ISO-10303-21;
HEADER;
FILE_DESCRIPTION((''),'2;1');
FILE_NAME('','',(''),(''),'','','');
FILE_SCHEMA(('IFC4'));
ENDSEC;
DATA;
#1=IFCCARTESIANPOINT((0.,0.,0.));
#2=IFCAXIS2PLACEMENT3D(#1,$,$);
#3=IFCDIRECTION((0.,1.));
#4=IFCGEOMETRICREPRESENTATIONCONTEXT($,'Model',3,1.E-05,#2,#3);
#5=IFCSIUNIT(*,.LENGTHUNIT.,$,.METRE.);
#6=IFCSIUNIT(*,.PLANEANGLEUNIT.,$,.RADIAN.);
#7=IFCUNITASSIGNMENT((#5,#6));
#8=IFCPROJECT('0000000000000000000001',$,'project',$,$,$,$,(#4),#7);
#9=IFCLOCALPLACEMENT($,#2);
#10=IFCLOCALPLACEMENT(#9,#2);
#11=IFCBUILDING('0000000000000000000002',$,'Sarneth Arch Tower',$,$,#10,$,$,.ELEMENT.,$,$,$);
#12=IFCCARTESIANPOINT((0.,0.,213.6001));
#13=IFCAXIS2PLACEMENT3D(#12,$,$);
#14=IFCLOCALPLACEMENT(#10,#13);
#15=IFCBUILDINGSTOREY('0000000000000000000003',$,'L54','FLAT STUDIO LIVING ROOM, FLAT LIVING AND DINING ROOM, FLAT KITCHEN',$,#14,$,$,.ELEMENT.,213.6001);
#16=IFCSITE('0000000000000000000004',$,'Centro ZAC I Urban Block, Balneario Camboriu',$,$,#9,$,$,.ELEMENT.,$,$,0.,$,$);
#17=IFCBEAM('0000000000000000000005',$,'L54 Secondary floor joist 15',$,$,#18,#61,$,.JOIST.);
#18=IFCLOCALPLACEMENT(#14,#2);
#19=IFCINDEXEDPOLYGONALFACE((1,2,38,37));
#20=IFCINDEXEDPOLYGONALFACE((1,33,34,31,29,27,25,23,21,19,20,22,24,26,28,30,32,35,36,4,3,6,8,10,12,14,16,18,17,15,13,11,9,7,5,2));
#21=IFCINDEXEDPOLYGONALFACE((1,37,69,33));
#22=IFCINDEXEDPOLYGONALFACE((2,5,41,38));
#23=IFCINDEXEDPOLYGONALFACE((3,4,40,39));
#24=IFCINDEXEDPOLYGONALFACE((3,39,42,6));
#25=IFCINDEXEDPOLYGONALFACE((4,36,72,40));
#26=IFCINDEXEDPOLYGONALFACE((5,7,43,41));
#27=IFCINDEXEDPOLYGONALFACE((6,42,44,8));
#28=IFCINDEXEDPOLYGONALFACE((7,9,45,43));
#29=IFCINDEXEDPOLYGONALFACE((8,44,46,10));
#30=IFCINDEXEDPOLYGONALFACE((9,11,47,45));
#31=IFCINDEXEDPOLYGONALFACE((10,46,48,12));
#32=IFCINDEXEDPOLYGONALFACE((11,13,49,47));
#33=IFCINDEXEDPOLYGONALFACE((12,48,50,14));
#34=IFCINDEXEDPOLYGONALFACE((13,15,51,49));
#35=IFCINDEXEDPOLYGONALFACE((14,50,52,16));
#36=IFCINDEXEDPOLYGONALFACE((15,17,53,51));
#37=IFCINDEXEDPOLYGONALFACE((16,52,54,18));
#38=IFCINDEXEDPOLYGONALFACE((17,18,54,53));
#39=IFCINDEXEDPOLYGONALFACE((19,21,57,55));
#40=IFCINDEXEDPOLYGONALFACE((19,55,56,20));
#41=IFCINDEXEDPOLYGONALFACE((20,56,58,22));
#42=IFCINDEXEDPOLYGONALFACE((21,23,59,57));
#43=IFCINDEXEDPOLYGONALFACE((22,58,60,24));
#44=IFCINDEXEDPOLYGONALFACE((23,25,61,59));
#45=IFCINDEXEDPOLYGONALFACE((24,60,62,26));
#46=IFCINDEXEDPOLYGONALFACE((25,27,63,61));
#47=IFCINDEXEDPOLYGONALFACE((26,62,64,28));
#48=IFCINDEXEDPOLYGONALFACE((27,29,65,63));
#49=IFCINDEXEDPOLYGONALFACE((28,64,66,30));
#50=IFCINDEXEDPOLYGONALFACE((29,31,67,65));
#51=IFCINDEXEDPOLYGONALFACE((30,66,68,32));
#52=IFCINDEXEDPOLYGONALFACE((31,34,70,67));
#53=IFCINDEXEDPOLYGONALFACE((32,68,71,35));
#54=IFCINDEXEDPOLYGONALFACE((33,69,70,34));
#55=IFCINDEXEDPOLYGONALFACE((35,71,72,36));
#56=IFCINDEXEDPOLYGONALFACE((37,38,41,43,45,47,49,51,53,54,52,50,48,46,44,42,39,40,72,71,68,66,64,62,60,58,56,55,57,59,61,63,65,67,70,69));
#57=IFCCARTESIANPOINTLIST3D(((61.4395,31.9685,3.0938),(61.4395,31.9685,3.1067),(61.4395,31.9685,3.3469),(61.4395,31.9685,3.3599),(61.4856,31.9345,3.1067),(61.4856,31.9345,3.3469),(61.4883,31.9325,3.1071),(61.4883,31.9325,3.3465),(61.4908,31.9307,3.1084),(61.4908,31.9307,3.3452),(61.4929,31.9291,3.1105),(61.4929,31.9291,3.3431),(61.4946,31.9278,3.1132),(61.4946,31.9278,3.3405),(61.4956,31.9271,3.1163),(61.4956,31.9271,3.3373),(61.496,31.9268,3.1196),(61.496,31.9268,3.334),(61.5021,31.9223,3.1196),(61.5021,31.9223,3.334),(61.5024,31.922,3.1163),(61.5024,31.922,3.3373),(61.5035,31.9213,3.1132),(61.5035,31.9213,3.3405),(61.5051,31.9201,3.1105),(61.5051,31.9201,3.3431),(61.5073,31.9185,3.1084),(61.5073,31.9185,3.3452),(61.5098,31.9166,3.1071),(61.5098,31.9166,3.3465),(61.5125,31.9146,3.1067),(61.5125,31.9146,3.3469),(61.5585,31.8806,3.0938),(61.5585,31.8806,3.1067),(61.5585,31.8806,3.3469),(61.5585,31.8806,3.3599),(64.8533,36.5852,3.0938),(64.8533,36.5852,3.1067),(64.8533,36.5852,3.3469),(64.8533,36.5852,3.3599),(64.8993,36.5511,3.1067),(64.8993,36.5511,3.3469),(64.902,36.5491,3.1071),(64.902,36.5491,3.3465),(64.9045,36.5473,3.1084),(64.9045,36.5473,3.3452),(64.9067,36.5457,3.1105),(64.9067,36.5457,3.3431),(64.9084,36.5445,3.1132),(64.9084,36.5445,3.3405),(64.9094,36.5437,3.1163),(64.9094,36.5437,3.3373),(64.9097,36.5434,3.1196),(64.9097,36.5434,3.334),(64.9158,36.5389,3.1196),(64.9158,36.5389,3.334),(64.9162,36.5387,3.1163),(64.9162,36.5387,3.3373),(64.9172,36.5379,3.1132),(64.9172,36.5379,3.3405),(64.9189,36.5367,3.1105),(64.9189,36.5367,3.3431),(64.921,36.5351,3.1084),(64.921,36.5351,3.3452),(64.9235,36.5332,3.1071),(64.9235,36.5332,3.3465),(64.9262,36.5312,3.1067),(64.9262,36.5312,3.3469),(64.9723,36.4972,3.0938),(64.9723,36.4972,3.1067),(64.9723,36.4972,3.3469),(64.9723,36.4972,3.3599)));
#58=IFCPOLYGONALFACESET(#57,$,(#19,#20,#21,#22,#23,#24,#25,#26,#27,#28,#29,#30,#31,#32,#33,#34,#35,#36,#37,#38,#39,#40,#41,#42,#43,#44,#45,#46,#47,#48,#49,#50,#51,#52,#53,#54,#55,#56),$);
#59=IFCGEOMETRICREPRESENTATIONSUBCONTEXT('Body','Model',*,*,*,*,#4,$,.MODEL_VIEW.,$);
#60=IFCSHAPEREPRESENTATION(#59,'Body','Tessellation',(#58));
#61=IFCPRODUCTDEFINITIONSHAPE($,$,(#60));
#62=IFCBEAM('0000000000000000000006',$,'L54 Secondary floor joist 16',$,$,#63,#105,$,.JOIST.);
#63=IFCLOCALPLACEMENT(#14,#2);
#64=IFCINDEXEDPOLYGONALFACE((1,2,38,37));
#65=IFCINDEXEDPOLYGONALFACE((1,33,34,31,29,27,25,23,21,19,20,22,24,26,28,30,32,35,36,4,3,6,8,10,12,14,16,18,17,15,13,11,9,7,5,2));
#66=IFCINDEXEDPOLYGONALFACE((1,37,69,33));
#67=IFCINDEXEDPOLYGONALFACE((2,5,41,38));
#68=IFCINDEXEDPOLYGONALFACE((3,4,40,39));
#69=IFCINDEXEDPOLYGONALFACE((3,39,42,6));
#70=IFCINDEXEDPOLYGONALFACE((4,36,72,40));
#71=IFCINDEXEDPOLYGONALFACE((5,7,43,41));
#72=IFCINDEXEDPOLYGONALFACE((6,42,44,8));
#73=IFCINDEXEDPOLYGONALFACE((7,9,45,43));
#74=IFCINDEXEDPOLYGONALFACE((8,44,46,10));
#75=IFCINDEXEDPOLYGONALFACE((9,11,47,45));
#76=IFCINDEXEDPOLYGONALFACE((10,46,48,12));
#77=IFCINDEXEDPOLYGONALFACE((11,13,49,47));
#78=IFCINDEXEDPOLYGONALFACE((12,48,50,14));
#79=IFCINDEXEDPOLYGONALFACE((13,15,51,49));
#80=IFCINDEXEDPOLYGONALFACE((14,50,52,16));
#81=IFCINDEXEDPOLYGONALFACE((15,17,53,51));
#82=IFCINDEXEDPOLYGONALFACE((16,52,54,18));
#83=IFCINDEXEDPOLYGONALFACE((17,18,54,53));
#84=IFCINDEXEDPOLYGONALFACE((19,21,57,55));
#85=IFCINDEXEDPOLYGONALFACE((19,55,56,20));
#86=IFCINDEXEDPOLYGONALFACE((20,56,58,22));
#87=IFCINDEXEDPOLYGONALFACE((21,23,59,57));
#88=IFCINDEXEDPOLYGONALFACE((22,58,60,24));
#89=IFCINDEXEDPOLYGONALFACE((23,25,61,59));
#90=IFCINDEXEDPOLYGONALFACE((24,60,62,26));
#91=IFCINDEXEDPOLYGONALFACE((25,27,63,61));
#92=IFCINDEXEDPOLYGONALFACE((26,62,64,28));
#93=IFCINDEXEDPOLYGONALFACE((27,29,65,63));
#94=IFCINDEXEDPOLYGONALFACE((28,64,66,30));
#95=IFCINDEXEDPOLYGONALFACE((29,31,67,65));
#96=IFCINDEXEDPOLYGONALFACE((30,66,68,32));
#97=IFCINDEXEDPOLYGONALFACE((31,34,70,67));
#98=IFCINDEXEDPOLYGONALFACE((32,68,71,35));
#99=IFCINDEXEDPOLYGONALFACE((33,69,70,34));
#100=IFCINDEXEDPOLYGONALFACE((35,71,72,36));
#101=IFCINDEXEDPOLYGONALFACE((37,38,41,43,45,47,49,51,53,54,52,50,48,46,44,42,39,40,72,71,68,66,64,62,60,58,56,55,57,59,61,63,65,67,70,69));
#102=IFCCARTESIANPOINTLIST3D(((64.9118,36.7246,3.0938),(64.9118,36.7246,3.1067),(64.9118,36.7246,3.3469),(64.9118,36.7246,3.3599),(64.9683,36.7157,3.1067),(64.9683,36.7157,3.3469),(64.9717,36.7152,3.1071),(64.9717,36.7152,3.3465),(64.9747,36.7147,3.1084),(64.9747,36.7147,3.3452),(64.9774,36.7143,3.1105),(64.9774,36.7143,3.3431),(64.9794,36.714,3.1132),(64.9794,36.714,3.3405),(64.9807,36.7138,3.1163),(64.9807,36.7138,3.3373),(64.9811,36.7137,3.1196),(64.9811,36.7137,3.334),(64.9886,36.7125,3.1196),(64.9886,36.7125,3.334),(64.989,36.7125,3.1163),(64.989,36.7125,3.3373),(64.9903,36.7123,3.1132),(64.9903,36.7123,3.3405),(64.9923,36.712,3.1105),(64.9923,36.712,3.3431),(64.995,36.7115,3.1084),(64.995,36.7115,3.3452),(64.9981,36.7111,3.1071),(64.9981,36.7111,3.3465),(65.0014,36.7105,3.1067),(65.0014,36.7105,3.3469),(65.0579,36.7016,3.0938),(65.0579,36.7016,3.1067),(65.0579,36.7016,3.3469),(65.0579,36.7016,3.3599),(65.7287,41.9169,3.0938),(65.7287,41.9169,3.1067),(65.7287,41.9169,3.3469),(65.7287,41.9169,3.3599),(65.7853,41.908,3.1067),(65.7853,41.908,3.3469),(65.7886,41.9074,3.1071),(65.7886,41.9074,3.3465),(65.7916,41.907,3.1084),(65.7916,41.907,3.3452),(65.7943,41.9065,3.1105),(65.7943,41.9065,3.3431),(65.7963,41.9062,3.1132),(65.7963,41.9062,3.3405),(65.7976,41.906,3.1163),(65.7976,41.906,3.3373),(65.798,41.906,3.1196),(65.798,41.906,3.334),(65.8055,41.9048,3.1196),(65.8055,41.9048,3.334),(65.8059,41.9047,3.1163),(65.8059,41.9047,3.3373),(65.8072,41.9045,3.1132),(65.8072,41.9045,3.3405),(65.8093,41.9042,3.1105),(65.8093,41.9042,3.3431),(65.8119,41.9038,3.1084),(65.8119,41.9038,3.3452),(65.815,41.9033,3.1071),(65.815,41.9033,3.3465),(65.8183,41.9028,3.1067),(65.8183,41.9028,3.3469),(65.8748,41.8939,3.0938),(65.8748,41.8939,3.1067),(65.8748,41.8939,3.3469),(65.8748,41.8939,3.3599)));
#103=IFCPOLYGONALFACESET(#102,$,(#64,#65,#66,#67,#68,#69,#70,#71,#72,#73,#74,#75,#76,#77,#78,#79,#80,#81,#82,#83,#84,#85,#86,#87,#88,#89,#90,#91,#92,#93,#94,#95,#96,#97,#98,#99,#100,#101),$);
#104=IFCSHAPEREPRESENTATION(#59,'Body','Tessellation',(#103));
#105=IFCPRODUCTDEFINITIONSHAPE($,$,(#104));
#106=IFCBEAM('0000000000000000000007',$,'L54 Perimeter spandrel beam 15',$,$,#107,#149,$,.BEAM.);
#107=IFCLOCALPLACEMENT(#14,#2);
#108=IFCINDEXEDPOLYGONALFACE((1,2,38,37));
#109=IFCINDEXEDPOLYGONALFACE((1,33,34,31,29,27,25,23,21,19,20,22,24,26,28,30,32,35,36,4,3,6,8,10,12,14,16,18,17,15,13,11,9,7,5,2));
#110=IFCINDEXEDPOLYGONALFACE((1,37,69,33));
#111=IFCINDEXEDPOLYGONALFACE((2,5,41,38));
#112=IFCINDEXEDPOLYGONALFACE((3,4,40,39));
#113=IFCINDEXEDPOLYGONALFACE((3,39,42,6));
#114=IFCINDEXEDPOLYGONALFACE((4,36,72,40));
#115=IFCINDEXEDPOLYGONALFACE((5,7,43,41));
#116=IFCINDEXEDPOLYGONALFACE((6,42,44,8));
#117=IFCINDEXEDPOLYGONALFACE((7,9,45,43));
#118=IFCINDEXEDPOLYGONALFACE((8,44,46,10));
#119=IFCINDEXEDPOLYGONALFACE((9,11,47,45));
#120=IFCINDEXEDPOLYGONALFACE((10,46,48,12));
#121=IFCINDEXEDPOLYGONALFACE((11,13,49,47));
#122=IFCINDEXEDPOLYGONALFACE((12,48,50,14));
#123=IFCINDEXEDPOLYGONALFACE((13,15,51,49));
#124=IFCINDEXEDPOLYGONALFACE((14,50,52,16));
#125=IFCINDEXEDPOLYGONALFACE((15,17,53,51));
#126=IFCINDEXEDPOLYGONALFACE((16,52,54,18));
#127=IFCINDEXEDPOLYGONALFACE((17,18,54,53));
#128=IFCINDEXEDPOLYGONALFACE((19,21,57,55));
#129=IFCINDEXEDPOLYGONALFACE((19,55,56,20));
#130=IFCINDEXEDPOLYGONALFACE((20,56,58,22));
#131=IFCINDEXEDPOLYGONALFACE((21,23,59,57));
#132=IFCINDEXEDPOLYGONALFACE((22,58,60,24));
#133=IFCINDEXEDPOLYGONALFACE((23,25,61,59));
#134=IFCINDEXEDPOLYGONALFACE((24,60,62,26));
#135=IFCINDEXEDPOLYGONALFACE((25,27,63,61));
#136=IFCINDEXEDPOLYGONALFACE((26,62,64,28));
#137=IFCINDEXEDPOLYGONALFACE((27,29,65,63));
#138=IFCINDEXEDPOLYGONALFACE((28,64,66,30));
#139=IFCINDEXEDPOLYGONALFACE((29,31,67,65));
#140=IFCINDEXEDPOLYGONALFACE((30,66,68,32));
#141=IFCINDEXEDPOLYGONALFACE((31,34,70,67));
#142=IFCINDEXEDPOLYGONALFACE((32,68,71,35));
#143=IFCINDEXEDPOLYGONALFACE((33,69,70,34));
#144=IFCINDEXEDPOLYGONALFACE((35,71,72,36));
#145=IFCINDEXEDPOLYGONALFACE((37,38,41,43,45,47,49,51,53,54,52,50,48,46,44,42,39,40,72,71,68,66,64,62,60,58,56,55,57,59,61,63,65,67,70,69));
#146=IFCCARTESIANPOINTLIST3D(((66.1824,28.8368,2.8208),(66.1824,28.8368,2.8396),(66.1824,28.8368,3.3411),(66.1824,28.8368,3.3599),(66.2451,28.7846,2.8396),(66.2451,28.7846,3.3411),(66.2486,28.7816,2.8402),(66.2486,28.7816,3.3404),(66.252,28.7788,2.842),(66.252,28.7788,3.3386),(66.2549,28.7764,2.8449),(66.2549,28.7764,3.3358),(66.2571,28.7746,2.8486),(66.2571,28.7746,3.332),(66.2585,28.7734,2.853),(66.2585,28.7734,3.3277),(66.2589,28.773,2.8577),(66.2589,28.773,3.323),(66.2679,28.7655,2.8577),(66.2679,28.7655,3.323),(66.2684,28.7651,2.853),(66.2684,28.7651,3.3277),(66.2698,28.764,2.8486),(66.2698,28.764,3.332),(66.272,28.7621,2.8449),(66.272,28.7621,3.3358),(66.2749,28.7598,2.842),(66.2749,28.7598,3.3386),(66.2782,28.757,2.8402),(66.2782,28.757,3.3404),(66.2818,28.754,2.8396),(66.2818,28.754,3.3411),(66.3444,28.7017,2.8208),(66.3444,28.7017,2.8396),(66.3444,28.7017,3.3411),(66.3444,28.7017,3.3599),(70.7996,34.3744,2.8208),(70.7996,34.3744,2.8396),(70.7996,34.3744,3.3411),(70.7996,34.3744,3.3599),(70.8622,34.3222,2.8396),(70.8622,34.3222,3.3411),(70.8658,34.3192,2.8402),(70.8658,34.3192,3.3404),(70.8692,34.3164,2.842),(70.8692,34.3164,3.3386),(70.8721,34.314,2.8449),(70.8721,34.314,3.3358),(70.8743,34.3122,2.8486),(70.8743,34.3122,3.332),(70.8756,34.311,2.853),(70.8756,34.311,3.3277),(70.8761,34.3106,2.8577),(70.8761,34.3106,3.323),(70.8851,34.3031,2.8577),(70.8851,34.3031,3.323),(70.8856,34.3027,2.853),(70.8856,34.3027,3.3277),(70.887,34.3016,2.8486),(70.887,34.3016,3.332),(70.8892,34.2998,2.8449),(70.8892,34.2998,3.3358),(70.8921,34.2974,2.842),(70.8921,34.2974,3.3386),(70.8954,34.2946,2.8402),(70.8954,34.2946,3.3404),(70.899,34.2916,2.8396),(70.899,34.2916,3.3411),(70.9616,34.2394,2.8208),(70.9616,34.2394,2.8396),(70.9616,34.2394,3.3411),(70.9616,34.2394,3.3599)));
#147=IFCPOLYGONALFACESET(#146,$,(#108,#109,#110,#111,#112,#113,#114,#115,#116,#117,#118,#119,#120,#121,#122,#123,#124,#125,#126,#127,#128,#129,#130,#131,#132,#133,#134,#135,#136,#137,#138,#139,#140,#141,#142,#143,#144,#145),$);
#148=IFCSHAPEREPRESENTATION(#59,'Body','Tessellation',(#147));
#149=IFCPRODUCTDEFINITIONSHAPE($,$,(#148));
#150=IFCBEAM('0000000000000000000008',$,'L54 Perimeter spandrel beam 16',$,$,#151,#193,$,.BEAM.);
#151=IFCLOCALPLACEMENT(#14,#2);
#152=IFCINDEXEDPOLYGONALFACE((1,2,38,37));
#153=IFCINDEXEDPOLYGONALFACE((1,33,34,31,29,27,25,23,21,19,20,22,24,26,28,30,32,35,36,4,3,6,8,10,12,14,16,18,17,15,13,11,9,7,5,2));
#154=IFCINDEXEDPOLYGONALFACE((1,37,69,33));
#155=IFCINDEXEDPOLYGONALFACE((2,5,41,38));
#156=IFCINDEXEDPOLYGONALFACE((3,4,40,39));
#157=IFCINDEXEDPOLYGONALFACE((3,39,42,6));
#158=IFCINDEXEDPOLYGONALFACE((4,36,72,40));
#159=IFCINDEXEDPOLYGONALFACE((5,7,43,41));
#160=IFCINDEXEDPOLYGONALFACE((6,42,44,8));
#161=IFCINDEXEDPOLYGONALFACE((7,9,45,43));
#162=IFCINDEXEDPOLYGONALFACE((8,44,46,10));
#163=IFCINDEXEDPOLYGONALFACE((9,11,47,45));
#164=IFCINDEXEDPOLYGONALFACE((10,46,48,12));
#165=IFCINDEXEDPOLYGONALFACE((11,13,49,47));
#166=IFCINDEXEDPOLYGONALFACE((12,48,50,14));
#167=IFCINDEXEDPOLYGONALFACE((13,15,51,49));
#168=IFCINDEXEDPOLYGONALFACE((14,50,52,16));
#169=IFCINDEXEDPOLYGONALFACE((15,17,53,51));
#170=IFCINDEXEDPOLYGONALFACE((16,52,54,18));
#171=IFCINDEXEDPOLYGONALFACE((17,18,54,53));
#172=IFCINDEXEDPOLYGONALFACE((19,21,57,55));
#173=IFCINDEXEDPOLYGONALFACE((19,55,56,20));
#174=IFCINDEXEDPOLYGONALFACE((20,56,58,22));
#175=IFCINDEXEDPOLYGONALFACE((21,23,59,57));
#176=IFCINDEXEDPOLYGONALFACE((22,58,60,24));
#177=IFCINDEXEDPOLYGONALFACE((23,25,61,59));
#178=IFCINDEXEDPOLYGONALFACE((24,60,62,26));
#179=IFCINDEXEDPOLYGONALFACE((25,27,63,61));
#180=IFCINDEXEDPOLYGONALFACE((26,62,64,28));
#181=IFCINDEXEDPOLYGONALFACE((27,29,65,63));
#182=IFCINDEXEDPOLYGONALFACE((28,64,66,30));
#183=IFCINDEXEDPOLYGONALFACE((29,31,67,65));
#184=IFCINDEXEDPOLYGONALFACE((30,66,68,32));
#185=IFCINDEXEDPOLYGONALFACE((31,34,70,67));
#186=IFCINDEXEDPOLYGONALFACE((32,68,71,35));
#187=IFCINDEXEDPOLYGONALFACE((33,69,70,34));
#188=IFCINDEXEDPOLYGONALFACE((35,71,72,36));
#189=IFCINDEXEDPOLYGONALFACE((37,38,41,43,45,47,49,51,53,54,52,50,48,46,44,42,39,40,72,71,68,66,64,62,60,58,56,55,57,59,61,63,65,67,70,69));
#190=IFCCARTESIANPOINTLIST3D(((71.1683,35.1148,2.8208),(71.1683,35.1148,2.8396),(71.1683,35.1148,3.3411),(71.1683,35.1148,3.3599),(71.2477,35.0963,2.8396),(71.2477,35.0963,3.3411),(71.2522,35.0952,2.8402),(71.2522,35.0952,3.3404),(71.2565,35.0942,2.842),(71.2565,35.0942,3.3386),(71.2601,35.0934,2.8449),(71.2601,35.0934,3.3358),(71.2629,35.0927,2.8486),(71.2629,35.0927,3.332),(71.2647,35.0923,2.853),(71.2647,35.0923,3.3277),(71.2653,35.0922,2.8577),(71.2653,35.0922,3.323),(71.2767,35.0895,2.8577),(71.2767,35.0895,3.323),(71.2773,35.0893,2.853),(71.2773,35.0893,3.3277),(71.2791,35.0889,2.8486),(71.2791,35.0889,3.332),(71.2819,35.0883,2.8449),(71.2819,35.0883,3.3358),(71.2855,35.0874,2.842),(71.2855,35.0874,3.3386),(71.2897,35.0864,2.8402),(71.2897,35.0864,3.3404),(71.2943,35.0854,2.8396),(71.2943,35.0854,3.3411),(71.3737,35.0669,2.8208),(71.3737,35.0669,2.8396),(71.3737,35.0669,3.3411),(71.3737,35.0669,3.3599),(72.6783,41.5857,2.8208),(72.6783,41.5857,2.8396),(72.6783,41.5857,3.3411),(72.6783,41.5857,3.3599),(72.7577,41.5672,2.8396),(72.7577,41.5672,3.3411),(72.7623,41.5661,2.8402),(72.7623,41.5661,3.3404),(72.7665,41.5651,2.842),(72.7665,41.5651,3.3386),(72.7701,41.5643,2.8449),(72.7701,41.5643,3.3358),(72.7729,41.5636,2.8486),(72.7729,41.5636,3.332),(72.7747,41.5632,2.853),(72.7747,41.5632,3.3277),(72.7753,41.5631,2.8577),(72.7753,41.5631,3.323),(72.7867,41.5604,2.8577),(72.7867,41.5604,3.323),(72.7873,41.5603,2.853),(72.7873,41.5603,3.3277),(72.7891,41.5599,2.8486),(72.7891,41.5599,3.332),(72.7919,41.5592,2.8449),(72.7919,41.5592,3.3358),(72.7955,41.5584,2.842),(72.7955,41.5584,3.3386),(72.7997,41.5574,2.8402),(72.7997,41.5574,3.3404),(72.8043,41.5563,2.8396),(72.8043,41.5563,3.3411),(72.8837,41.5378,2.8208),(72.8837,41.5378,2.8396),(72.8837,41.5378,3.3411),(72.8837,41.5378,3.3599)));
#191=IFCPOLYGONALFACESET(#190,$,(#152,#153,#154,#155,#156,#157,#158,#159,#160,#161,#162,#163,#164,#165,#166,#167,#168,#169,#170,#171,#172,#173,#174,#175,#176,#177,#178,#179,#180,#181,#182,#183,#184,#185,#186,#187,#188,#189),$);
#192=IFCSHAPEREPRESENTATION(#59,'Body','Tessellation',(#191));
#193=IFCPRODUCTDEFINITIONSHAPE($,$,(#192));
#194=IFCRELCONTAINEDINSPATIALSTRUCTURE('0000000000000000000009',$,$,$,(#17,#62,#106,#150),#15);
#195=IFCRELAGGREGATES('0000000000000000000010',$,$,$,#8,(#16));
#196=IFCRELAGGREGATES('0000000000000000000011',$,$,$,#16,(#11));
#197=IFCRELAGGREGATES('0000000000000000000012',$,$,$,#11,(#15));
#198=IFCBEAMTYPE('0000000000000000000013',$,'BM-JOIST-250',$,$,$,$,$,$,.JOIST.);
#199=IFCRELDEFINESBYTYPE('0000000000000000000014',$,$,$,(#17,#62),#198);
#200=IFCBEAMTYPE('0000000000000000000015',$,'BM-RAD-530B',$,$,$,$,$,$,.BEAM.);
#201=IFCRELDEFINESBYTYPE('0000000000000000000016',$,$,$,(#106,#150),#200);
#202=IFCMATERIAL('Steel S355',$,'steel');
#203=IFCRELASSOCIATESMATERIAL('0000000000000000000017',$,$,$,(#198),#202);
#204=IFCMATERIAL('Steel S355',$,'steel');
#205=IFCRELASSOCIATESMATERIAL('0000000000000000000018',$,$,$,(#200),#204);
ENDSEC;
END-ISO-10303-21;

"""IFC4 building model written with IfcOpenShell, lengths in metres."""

from ifc_helpers import new_model, si_unit, direction, frame, origin, origin_2d, place, context, subcontext, project, spatial, i_section, extrude, material, material_profile, profile_set, type_object, element, save


model = new_model("IFC4")

# Units and contexts
model_context = context("Model", 3, precision=1e-05, world=origin(), true_north=direction((0.0, 1.0)))
body_context = subcontext(model_context, "Body", "Model", "MODEL_VIEW")
ifc_project = project(units=[si_unit("LENGTHUNIT", "METRE"), si_unit("PLANEANGLEUNIT", "RADIAN")], contexts=[model_context])

# Site, building, storey
site_placement = place(None, origin())
site = spatial("IfcSite", under=ifc_project, at=site_placement, Name="Centro ZAC I Urban Block, Balneario Camboriu", CompositionType="ELEMENT", RefElevation=0.0)
building_placement = place(site_placement, origin())
building = spatial("IfcBuilding", under=site, at=building_placement, Name="Sarneth Arch Tower", CompositionType="ELEMENT")
storey_placement = place(building_placement, frame((0.0, 0.0, 213.6001)))
storey = spatial("IfcBuildingStorey", under=building, at=storey_placement, Name="L54", Description="FLAT STUDIO LIVING ROOM, FLAT LIVING AND DINING ROOM, FLAT KITCHEN", CompositionType="ELEMENT", Elevation=213.6001)

# Beams
ifc_material_1 = material(Name="Steel S355", Category="steel")
ifc_material_profile_1 = material_profile(ifc_material_1, i_section(OverallWidth=0.1479, OverallDepth=0.2661, WebThickness=0.0076, FlangeThickness=0.0129, FilletRadius=0.0129, at=origin_2d()), Name="W250x44.8")
ifc_profile_set_1 = profile_set([ifc_material_profile_1], Name="Steel S355")
beam_type_1 = type_object("IfcBeamType", Name="BM-JOIST-250", PredefinedType="JOIST", material=ifc_profile_set_1)
beam_1_placement = place(storey_placement, frame((61.499, 31.9246, 3.2268), z_axis=(0.594557, 0.804053, 0.0), x_axis=(-0.804053, 0.594557, 0.0)))
element("IfcBeam", 1, at=beam_1_placement, inside=storey, type_object=beam_type_1, Name="L54 Secondary floor joist 15", PredefinedType="JOIST", context=body_context, shape_type="SweptSolid", body=[
    extrude(i_section(OverallWidth=0.1479, OverallDepth=0.2661, WebThickness=0.0076, FlangeThickness=0.0129, FilletRadius=0.0129, at=origin_2d()), origin(), (0.0, 0.0, 1.0), 5.7417),
])
beam_2_placement = place(storey_placement, frame((64.9849, 36.7131, 3.2268), z_axis=(0.155421, 0.987848, 0.0), x_axis=(-0.987848, 0.155421, 0.0)))
element("IfcBeam", 2, at=beam_2_placement, inside=storey, type_object=beam_type_1, Name="L54 Secondary floor joist 16", PredefinedType="JOIST", context=body_context, shape_type="SweptSolid", body=[
    extrude(i_section(OverallWidth=0.1479, OverallDepth=0.2661, WebThickness=0.0076, FlangeThickness=0.0129, FilletRadius=0.0129, at=origin_2d()), origin(), (0.0, 0.0, 1.0), 5.2561),
])
ifc_material_2 = material(Name="Steel S355", Category="steel")
ifc_material_profile_2 = material_profile(ifc_material_2, i_section(OverallWidth=0.2109, OverallDepth=0.5391, WebThickness=0.0117, FlangeThickness=0.0188, FilletRadius=0.0181, at=origin_2d()), Name="W530x109")
ifc_profile_set_2 = profile_set([ifc_material_profile_2], Name="Steel S355")
beam_type_2 = type_object("IfcBeamType", Name="BM-RAD-530B", PredefinedType="BEAM", material=ifc_profile_set_2)
beam_3_placement = place(storey_placement, frame((66.2634, 28.7693, 3.0903), z_axis=(0.640391, 0.768049, 0.0), x_axis=(-0.768049, 0.640391, 0.0)))
element("IfcBeam", 3, at=beam_3_placement, inside=storey, type_object=beam_type_2, Name="L54 Perimeter spandrel beam 15", PredefinedType="BEAM", context=body_context, shape_type="SweptSolid", body=[
    extrude(i_section(OverallWidth=0.2109, OverallDepth=0.5391, WebThickness=0.0117, FlangeThickness=0.0188, FilletRadius=0.0181, at=origin_2d()), origin(), (0.0, 0.0, 1.0), 7.21),
])
beam_4_placement = place(storey_placement, frame((71.271, 35.0908, 3.0903), z_axis=(0.227247, 0.973837, 0.0), x_axis=(-0.973837, 0.227247, 0.0)))
element("IfcBeam", 4, at=beam_4_placement, inside=storey, type_object=beam_type_2, Name="L54 Perimeter spandrel beam 16", PredefinedType="BEAM", context=body_context, shape_type="SweptSolid", body=[
    extrude(i_section(OverallWidth=0.2109, OverallDepth=0.5391, WebThickness=0.0117, FlangeThickness=0.0188, FilletRadius=0.0181, at=origin_2d()), origin(), (0.0, 0.0, 1.0), 6.6448),
])

save(model, "model.ifc")
